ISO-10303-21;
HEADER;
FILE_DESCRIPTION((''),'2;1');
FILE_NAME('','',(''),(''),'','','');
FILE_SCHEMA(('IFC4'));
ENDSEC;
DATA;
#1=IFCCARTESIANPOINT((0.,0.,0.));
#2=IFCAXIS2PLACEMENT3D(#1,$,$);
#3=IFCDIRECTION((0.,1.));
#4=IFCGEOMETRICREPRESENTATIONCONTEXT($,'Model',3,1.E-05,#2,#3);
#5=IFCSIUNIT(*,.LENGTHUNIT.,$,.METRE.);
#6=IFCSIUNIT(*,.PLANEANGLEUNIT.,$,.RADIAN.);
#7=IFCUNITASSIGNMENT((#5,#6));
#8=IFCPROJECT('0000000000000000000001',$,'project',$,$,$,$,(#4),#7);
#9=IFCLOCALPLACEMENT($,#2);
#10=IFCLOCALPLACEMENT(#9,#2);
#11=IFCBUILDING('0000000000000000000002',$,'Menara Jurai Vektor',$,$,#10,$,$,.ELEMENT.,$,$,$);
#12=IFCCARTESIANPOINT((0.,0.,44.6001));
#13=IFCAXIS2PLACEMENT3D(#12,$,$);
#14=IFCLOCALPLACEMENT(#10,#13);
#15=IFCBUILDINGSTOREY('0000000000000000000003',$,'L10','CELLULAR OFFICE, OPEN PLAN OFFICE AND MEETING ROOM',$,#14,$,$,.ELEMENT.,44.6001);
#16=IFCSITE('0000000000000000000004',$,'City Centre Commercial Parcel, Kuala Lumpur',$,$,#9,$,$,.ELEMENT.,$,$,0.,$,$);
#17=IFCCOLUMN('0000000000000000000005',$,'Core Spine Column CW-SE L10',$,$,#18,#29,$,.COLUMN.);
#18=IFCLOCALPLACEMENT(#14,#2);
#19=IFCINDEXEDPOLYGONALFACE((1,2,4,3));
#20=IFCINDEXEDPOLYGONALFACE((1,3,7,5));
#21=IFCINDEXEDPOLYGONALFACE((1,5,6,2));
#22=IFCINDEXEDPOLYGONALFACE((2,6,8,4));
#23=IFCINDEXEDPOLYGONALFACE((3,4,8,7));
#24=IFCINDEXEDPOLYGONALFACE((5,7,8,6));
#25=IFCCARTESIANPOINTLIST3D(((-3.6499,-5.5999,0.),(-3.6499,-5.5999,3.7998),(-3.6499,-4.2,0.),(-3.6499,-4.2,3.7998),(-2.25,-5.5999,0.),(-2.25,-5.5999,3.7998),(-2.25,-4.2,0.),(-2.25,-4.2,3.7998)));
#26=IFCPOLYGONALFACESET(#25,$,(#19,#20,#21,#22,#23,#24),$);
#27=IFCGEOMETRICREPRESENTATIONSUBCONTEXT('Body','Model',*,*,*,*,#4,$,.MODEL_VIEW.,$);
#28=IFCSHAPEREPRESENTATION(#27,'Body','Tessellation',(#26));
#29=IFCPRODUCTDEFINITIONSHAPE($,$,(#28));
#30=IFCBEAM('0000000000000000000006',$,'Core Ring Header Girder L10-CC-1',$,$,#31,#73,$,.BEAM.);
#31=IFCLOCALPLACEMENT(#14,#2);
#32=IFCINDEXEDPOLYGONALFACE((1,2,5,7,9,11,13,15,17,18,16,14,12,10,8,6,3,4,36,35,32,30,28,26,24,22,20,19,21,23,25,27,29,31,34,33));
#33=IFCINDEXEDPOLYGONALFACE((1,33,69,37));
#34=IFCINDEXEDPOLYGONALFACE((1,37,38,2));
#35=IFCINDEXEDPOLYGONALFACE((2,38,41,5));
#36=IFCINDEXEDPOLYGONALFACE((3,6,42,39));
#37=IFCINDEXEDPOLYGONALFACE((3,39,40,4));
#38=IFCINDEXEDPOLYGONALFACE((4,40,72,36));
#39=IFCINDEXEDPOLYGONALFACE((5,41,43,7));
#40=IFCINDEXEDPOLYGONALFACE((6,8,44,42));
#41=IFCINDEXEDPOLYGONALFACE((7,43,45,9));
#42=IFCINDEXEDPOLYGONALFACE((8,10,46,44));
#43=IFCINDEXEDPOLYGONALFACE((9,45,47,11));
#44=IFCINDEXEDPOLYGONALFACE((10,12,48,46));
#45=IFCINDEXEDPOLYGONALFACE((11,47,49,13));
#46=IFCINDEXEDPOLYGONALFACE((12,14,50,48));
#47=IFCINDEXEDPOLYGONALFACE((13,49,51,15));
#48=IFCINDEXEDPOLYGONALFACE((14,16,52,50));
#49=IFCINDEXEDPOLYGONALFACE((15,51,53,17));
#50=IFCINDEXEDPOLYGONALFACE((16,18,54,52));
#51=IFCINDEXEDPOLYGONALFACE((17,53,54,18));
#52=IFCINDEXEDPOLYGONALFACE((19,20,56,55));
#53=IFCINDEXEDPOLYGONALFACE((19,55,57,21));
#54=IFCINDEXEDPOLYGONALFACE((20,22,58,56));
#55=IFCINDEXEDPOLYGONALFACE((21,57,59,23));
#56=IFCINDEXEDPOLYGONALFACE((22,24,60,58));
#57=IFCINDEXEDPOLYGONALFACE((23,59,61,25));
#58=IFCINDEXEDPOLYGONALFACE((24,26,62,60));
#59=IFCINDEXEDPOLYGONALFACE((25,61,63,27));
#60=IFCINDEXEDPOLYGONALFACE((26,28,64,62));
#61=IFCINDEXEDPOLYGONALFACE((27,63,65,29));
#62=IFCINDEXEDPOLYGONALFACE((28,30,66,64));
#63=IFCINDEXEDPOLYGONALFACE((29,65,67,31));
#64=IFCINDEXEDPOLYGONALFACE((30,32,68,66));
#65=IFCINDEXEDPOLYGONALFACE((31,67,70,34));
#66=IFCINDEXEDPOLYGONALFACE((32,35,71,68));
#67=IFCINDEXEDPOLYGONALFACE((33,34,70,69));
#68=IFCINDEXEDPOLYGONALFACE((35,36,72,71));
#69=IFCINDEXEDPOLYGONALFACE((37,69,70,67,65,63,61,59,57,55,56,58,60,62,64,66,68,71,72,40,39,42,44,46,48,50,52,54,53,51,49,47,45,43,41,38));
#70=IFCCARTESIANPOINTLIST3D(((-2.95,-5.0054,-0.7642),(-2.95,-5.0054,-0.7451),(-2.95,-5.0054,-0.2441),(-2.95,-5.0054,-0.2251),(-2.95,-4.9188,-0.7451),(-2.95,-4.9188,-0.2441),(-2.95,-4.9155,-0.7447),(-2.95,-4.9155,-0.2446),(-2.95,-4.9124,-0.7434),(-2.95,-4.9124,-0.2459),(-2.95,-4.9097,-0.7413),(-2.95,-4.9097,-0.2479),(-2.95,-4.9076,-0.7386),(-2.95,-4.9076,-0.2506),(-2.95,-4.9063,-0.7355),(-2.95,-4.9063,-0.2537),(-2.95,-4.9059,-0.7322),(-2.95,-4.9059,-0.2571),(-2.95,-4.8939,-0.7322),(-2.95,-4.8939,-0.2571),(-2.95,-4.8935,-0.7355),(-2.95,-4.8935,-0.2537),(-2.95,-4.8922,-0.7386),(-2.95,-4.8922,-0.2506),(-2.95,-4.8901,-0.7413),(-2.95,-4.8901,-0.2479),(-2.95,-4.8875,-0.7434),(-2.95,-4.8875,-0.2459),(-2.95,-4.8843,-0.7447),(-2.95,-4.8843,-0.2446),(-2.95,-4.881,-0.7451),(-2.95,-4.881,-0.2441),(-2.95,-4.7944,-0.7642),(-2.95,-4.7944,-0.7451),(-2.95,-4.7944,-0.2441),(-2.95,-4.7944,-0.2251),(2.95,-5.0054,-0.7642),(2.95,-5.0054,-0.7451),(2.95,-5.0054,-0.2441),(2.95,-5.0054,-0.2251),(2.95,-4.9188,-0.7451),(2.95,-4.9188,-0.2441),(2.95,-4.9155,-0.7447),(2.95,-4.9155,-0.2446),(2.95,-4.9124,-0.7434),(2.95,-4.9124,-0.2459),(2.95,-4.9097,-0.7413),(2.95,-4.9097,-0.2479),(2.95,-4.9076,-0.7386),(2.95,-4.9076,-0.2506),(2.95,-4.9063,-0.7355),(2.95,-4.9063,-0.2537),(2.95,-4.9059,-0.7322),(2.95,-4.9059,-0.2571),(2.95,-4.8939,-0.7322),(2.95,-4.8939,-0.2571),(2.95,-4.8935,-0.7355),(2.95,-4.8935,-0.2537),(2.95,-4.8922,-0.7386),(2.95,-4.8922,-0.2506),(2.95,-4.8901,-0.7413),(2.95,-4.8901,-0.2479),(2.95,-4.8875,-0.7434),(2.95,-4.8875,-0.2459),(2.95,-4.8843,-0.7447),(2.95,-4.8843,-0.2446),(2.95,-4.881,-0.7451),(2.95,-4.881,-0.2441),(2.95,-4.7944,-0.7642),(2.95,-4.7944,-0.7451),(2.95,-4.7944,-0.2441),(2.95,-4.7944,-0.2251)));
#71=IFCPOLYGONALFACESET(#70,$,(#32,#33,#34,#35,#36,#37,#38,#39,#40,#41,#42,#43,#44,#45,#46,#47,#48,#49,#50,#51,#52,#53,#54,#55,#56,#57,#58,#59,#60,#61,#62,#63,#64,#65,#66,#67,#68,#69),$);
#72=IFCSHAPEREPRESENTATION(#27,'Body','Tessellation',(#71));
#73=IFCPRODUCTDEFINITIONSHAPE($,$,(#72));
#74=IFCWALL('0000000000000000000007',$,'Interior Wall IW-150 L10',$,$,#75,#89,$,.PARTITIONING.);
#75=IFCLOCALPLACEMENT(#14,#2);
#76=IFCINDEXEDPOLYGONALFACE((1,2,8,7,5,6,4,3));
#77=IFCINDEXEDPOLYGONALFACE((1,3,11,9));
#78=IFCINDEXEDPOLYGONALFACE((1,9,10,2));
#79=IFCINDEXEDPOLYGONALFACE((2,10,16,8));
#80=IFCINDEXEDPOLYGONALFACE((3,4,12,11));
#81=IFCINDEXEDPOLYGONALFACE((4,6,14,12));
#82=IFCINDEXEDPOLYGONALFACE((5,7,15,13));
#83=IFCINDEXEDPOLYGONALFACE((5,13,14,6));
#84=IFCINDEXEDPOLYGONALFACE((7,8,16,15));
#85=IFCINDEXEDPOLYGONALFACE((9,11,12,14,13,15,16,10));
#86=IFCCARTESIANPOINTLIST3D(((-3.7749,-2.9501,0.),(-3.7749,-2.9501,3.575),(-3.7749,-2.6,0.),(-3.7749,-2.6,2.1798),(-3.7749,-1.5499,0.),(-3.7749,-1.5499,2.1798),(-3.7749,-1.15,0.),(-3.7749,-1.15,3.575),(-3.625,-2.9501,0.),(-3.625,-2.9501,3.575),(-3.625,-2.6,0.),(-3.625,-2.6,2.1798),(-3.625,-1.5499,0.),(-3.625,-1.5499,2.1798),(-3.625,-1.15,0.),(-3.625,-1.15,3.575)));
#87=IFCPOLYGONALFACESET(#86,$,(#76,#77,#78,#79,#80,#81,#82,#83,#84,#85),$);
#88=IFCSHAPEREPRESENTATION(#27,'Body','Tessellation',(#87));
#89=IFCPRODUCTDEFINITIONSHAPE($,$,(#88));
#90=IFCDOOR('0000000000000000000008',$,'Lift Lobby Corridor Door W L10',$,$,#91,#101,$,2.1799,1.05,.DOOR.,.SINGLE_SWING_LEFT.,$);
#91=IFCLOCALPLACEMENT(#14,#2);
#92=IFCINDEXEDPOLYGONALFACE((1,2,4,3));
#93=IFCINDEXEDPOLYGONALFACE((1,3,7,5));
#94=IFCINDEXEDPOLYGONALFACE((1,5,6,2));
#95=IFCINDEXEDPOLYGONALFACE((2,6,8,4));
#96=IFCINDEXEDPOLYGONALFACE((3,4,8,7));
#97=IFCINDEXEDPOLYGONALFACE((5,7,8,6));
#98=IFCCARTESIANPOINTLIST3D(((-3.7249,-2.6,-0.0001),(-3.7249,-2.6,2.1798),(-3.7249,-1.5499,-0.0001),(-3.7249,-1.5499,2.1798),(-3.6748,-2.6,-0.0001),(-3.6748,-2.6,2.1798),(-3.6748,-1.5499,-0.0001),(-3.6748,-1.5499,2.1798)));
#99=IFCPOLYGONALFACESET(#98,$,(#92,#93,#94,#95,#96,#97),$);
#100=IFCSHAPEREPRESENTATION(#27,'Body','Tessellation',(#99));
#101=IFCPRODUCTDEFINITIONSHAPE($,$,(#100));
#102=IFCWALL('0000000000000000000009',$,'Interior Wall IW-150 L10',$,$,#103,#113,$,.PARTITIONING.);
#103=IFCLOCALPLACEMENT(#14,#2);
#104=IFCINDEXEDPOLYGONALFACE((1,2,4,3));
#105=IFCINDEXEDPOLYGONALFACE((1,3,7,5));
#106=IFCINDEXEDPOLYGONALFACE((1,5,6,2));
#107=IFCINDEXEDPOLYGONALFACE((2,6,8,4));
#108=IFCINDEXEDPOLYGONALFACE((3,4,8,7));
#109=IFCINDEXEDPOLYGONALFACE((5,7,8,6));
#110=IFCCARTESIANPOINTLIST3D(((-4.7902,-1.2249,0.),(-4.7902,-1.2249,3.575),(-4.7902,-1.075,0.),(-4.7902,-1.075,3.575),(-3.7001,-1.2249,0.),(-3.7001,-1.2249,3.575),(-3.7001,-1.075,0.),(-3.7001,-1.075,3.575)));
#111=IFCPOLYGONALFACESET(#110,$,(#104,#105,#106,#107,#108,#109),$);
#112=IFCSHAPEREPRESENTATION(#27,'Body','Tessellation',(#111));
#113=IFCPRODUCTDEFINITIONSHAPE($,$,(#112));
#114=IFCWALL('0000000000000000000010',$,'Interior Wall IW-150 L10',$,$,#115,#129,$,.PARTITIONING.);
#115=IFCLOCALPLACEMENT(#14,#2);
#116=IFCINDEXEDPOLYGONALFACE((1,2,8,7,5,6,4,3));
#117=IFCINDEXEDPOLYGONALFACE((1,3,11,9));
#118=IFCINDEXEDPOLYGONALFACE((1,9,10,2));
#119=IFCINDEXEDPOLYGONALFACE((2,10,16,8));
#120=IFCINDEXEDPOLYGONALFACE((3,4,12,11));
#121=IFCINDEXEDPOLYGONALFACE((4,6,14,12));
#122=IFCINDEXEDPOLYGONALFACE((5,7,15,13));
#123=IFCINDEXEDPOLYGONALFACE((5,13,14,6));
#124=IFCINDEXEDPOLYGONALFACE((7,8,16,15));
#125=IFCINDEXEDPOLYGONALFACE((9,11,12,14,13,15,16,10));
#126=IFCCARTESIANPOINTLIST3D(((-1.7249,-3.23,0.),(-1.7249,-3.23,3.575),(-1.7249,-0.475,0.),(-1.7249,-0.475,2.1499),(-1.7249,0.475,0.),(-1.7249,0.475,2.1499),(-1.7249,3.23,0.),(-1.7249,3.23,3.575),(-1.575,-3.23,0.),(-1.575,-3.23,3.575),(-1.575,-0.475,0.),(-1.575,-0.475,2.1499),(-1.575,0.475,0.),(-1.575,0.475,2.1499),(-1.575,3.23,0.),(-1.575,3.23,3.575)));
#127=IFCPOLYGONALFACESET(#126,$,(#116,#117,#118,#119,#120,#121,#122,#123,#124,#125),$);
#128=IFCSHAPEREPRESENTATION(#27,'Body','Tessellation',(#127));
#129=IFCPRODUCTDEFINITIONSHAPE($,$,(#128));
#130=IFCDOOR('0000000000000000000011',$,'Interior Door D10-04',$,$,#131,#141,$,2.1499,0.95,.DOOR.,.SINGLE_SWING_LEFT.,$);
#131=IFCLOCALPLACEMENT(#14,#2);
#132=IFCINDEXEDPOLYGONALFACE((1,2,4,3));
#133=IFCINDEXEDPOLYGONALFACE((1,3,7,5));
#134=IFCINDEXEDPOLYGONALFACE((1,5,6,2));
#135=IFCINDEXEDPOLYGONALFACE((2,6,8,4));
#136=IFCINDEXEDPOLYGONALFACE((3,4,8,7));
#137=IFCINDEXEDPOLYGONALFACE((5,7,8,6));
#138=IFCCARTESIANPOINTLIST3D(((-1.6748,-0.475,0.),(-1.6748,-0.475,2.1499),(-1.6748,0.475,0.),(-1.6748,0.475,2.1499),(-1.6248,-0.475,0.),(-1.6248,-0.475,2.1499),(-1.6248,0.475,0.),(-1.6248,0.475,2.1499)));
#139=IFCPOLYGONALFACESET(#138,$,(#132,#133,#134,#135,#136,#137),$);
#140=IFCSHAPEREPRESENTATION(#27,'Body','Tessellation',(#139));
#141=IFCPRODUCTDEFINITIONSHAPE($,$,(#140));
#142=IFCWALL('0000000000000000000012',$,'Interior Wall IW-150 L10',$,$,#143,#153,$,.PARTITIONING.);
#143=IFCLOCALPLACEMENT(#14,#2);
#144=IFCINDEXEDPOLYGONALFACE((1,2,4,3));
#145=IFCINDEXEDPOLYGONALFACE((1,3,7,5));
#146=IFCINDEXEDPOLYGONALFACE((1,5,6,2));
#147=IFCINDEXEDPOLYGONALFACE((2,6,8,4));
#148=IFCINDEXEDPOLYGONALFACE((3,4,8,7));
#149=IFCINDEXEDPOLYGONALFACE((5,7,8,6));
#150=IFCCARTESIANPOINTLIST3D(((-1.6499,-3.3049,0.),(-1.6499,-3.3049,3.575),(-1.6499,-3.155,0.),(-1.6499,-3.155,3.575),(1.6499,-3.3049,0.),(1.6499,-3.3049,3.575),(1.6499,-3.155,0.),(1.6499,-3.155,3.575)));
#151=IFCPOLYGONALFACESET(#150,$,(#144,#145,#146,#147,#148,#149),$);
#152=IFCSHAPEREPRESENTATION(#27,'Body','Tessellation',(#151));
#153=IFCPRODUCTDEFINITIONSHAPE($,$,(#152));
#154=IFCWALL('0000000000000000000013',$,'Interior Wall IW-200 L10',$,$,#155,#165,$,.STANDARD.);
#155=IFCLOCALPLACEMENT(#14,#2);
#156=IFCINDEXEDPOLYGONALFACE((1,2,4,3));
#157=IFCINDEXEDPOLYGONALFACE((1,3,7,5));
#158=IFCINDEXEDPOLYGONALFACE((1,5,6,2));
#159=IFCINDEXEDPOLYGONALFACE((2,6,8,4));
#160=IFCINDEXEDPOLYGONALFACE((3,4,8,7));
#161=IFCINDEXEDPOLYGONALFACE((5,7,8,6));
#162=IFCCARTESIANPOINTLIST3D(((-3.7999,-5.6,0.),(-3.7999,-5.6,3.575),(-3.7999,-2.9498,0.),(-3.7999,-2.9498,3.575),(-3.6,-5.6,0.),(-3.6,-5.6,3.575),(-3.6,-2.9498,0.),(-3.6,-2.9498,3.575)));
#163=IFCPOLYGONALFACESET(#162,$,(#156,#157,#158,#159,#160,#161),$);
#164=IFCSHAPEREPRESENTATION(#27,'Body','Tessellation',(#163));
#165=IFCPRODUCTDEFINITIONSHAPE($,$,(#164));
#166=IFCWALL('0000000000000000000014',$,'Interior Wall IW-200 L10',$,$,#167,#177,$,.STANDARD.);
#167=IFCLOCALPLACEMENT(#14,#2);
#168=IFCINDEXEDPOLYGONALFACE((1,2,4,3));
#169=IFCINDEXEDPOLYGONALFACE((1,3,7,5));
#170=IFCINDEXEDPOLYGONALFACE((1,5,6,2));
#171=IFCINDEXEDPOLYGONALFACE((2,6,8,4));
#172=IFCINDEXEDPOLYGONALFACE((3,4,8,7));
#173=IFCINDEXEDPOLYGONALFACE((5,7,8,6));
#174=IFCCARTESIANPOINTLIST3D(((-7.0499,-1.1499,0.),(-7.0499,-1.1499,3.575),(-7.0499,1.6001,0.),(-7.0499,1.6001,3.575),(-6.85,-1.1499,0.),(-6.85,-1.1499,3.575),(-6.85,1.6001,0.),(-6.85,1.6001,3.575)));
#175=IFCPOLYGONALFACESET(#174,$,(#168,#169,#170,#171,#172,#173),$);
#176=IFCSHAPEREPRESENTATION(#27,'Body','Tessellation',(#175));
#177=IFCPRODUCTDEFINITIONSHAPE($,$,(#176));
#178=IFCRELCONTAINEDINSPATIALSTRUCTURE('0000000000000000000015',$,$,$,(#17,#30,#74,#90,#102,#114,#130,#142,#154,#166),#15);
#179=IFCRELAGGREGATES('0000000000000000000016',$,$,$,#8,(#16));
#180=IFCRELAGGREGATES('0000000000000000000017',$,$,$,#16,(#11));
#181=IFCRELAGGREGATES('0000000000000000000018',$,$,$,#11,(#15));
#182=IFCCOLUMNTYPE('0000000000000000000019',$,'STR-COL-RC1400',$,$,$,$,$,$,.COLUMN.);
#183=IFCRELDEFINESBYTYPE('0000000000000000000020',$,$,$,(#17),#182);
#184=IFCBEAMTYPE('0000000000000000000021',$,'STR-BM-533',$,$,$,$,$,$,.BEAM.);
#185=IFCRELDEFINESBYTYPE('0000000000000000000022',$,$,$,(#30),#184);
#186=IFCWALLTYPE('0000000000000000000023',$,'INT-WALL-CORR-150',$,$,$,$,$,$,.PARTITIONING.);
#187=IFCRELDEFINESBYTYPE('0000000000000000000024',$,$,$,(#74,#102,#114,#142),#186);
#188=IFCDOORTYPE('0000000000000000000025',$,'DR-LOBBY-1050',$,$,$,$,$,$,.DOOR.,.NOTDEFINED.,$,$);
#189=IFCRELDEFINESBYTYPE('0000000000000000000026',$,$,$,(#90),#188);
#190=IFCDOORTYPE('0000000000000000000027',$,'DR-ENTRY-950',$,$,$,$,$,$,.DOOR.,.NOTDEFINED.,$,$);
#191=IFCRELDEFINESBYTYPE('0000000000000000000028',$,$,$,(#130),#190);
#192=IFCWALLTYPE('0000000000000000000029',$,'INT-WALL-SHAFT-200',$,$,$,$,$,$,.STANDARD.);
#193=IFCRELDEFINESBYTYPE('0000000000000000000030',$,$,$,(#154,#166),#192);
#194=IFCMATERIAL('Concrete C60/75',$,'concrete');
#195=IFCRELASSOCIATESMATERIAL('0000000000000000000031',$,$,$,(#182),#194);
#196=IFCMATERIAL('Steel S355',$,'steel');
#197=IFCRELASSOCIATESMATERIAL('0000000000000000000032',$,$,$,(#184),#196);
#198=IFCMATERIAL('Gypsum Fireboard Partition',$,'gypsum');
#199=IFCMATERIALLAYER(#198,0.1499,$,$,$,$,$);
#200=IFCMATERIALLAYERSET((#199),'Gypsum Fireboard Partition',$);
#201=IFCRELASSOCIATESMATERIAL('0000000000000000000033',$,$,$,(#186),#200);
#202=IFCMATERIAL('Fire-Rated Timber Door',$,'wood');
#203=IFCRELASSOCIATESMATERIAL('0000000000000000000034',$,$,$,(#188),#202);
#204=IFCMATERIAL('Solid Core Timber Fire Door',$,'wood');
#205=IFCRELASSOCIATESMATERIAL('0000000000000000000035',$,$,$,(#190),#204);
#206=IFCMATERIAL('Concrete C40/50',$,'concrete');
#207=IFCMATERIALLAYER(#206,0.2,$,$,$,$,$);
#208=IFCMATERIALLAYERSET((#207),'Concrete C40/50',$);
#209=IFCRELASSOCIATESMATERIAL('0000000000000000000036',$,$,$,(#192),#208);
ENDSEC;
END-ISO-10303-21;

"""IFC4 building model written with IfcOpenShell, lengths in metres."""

from ifc_helpers import new_model, si_unit, direction, frame, frame_2d, origin, origin_2d, place, context, subcontext, project, spatial, rectangle, i_section, extrude, material, layer, layer_set, material_profile, profile_set, type_object, element, fill, save


model = new_model("IFC4")

# Units and contexts
model_context = context("Model", 3, precision=1e-05, world=origin(), true_north=direction((0.0, 1.0)))
body_context = subcontext(model_context, "Body", "Model", "MODEL_VIEW")
ifc_project = project(units=[si_unit("LENGTHUNIT", "METRE"), si_unit("PLANEANGLEUNIT", "RADIAN")], contexts=[model_context])

# Site, building, storey
site_placement = place(None, origin())
site = spatial("IfcSite", under=ifc_project, at=site_placement, Name="City Centre Commercial Parcel, Kuala Lumpur", CompositionType="ELEMENT", RefElevation=0.0)
building_placement = place(site_placement, origin())
building = spatial("IfcBuilding", under=site, at=building_placement, Name="Menara Jurai Vektor", CompositionType="ELEMENT")
storey_placement = place(building_placement, frame((0.0, 0.0, 44.6001)))
storey = spatial("IfcBuildingStorey", under=building, at=storey_placement, Name="L10", Description="CELLULAR OFFICE, OPEN PLAN OFFICE AND MEETING ROOM", CompositionType="ELEMENT", Elevation=44.6001)

# Column
ifc_material_1 = material(Name="Concrete C60/75", Category="concrete")
ifc_material_profile_1 = material_profile(ifc_material_1, rectangle(XDim=1.3999, YDim=1.3999, at=origin_2d()), Name="RC 1400x1400")
ifc_profile_set_1 = profile_set([ifc_material_profile_1], Name="Concrete C60/75")
column_type = type_object("IfcColumnType", Name="STR-COL-RC1400", PredefinedType="COLUMN", material=ifc_profile_set_1)
column_placement = place(storey_placement, frame((-2.95, -4.8999, 0.0), z_axis=(0.0, 0.0, 1.0), x_axis=(1.0, 0.0, 0.0)))
element("IfcColumn", 1, at=column_placement, inside=storey, type_object=column_type, Name="Core Spine Column CW-SE L10", PredefinedType="COLUMN", context=body_context, shape_type="SweptSolid", body=[
    extrude(rectangle(XDim=1.3999, YDim=1.3999, at=origin_2d()), origin(), (0.0, 0.0, 1.0), 3.7998),
])

# Beam
ifc_material_2 = material(Name="Steel S355", Category="steel")
ifc_material_profile_2 = material_profile(ifc_material_2, i_section(OverallWidth=0.2109, OverallDepth=0.5391, WebThickness=0.012, FlangeThickness=0.019, FilletRadius=0.0129, at=origin_2d()), Name="UKB 533x210x109")
ifc_profile_set_2 = profile_set([ifc_material_profile_2], Name="Steel S355")
beam_type = type_object("IfcBeamType", Name="STR-BM-533", PredefinedType="BEAM", material=ifc_profile_set_2)
beam_placement = place(storey_placement, frame((-2.95, -4.8999, -0.4946), z_axis=(1.0, 0.0, 0.0), x_axis=(0.0, 1.0, 0.0)))
element("IfcBeam", 2, at=beam_placement, inside=storey, type_object=beam_type, Name="Core Ring Header Girder L10-CC-1", PredefinedType="BEAM", context=body_context, shape_type="SweptSolid", body=[
    extrude(i_section(OverallWidth=0.2109, OverallDepth=0.5391, WebThickness=0.012, FlangeThickness=0.019, FilletRadius=0.0129, at=origin_2d()), origin(), (0.0, 0.0, 1.0), 5.8999),
])

# Wall, opening, door
ifc_material_3 = material(Name="Gypsum Fireboard Partition", Category="gypsum")
ifc_layer_1 = layer(ifc_material_3, 0.1499)
ifc_layer_set_1 = layer_set([ifc_layer_1], Name="Gypsum Fireboard Partition")
wall_type_1 = type_object("IfcWallType", Name="INT-WALL-CORR-150", PredefinedType="PARTITIONING", material=ifc_layer_set_1)
wall_1_placement = place(storey_placement, frame((-3.7, -2.95, 0.0), z_axis=(0.0, 0.0, 1.0), x_axis=(0.0, 1.0, 0.0)))
wall_1 = element("IfcWall", 3, at=wall_1_placement, inside=storey, type_object=wall_type_1, Name="Interior Wall IW-150 L10", PredefinedType="PARTITIONING", context=body_context, shape_type="SweptSolid", body=[
    extrude(rectangle(XDim=1.8, YDim=0.1499, at=frame_2d((0.8999, 0.0))), origin(), (0.0, 0.0, 1.0), 3.575),
])
opening_1_placement = place(wall_1_placement, frame((0.3501, 0.0, 0.0)))
opening_1 = element("IfcOpeningElement", 4, at=opening_1_placement, cuts=wall_1, PredefinedType="OPENING", context=body_context, shape_type="SweptSolid", body=[
    extrude(rectangle(XDim=1.05, YDim=2.1799, at=frame_2d((0.5249, 1.0898))), frame((0.0, 0.085, 0.0), z_axis=(0.0, -1.0, 0.0), x_axis=(1.0, 0.0, 0.0)), (0.0, 0.0, 1.0), 0.1699),
])
ifc_material_4 = material(Name="Fire-Rated Timber Door", Category="wood")
door_type_1 = type_object("IfcDoorType", Name="DR-LOBBY-1050", OperationType="NOTDEFINED", PredefinedType="DOOR", material=ifc_material_4)
door_1_placement = place(opening_1_placement, origin())
door_1 = element("IfcDoor", 5, at=door_1_placement, inside=storey, type_object=door_type_1, Name="Lift Lobby Corridor Door W L10", OperationType="SINGLE_SWING_LEFT", OverallHeight=2.1799, OverallWidth=1.05, PredefinedType="DOOR", context=body_context, shape_type="SweptSolid", body=[
    extrude(rectangle(XDim=1.05, YDim=2.1799, at=frame_2d((0.5249, 1.0898))), frame((0.0, 0.0249, 0.0), z_axis=(0.0, -1.0, 0.0), x_axis=(1.0, 0.0, 0.0)), (0.0, 0.0, 1.0), 0.05),
])
fill(opening_1, door_1)

# Wall
wall_2_placement = place(storey_placement, frame((-4.79, -1.1499, 0.0), z_axis=(0.0, 0.0, 1.0), x_axis=(1.0, 0.0, 0.0)))
element("IfcWall", 6, at=wall_2_placement, inside=storey, type_object=wall_type_1, Name="Interior Wall IW-150 L10", PredefinedType="PARTITIONING", context=body_context, shape_type="SweptSolid", body=[
    extrude(rectangle(XDim=1.0901, YDim=0.1499, at=frame_2d((0.5449, 0.0))), origin(), (0.0, 0.0, 1.0), 3.575),
])

# Wall, opening, door
wall_3_placement = place(storey_placement, frame((-1.6499, -3.23, 0.0), z_axis=(0.0, 0.0, 1.0), x_axis=(0.0, 1.0, 0.0)))
wall_3 = element("IfcWall", 7, at=wall_3_placement, inside=storey, type_object=wall_type_1, Name="Interior Wall IW-150 L10", PredefinedType="PARTITIONING", context=body_context, shape_type="SweptSolid", body=[
    extrude(rectangle(XDim=6.46, YDim=0.1499, at=frame_2d((3.23, 0.0))), origin(), (0.0, 0.0, 1.0), 3.575),
])
opening_2_placement = place(wall_3_placement, frame((2.7549, 0.0, 0.0)))
opening_2 = element("IfcOpeningElement", 8, at=opening_2_placement, cuts=wall_3, PredefinedType="OPENING", context=body_context, shape_type="SweptSolid", body=[
    extrude(rectangle(XDim=0.95, YDim=2.1499, at=frame_2d((0.4751, 1.075))), frame((0.0, 0.085, 0.0), z_axis=(0.0, -1.0, 0.0), x_axis=(1.0, 0.0, 0.0)), (0.0, 0.0, 1.0), 0.1699),
])
ifc_material_5 = material(Name="Solid Core Timber Fire Door", Category="wood")
door_type_2 = type_object("IfcDoorType", Name="DR-ENTRY-950", OperationType="NOTDEFINED", PredefinedType="DOOR", material=ifc_material_5)
door_2_placement = place(opening_2_placement, origin())
door_2 = element("IfcDoor", 9, at=door_2_placement, inside=storey, type_object=door_type_2, Name="Interior Door D10-04", OperationType="SINGLE_SWING_LEFT", OverallHeight=2.1499, OverallWidth=0.95, PredefinedType="DOOR", context=body_context, shape_type="SweptSolid", body=[
    extrude(rectangle(XDim=0.95, YDim=2.1499, at=frame_2d((0.4751, 1.075))), frame((0.0, 0.0249, 0.0), z_axis=(0.0, -1.0, 0.0), x_axis=(1.0, 0.0, 0.0)), (0.0, 0.0, 1.0), 0.05),
])
fill(opening_2, door_2)

# Wall
wall_4_placement = place(storey_placement, frame((-1.6499, -3.23, 0.0), z_axis=(0.0, 0.0, 1.0), x_axis=(1.0, 0.0, 0.0)))
element("IfcWall", 10, at=wall_4_placement, inside=storey, type_object=wall_type_1, Name="Interior Wall IW-150 L10", PredefinedType="PARTITIONING", context=body_context, shape_type="SweptSolid", body=[
    extrude(rectangle(XDim=3.2998, YDim=0.1499, at=frame_2d((1.6499, 0.0))), origin(), (0.0, 0.0, 1.0), 3.575),
])

# Shared definitions
ifc_material_6 = material(Name="Concrete C40/50", Category="concrete")
ifc_layer_2 = layer(ifc_material_6, 0.2)
ifc_layer_set_2 = layer_set([ifc_layer_2], Name="Concrete C40/50")
wall_type_2 = type_object("IfcWallType", Name="INT-WALL-SHAFT-200", PredefinedType="STANDARD", material=ifc_layer_set_2)

# Walls
wall_5_placement = place(storey_placement, frame((-3.7, -5.6001, 0.0), z_axis=(0.0, 0.0, 1.0), x_axis=(0.0, 1.0, 0.0)))
element("IfcWall", 11, at=wall_5_placement, inside=storey, type_object=wall_type_2, Name="Interior Wall IW-200 L10", PredefinedType="STANDARD", context=body_context, shape_type="SweptSolid", body=[
    extrude(rectangle(XDim=2.6501, YDim=0.2, at=frame_2d((1.3252, 0.0))), origin(), (0.0, 0.0, 1.0), 3.575),
])
for number, where, z_axis, x_axis, name in (
    (12, (-6.95, -1.1499, 0.0), (0.0, 0.0, 1.0), (0.0, 1.0, 0.0), "Interior Wall IW-200 L10"),
):
    element("IfcWall", number, at=place(storey_placement, frame(where, z_axis=z_axis, x_axis=x_axis)), inside=storey, type_object=wall_type_2, Name=name, PredefinedType="STANDARD", context=body_context, shape_type="SweptSolid", body=[
        extrude(rectangle(XDim=2.75, YDim=0.2, at=frame_2d((1.375, 0.0))), origin(), (0.0, 0.0, 1.0), 3.575),
    ])

save(model, "model.ifc")
